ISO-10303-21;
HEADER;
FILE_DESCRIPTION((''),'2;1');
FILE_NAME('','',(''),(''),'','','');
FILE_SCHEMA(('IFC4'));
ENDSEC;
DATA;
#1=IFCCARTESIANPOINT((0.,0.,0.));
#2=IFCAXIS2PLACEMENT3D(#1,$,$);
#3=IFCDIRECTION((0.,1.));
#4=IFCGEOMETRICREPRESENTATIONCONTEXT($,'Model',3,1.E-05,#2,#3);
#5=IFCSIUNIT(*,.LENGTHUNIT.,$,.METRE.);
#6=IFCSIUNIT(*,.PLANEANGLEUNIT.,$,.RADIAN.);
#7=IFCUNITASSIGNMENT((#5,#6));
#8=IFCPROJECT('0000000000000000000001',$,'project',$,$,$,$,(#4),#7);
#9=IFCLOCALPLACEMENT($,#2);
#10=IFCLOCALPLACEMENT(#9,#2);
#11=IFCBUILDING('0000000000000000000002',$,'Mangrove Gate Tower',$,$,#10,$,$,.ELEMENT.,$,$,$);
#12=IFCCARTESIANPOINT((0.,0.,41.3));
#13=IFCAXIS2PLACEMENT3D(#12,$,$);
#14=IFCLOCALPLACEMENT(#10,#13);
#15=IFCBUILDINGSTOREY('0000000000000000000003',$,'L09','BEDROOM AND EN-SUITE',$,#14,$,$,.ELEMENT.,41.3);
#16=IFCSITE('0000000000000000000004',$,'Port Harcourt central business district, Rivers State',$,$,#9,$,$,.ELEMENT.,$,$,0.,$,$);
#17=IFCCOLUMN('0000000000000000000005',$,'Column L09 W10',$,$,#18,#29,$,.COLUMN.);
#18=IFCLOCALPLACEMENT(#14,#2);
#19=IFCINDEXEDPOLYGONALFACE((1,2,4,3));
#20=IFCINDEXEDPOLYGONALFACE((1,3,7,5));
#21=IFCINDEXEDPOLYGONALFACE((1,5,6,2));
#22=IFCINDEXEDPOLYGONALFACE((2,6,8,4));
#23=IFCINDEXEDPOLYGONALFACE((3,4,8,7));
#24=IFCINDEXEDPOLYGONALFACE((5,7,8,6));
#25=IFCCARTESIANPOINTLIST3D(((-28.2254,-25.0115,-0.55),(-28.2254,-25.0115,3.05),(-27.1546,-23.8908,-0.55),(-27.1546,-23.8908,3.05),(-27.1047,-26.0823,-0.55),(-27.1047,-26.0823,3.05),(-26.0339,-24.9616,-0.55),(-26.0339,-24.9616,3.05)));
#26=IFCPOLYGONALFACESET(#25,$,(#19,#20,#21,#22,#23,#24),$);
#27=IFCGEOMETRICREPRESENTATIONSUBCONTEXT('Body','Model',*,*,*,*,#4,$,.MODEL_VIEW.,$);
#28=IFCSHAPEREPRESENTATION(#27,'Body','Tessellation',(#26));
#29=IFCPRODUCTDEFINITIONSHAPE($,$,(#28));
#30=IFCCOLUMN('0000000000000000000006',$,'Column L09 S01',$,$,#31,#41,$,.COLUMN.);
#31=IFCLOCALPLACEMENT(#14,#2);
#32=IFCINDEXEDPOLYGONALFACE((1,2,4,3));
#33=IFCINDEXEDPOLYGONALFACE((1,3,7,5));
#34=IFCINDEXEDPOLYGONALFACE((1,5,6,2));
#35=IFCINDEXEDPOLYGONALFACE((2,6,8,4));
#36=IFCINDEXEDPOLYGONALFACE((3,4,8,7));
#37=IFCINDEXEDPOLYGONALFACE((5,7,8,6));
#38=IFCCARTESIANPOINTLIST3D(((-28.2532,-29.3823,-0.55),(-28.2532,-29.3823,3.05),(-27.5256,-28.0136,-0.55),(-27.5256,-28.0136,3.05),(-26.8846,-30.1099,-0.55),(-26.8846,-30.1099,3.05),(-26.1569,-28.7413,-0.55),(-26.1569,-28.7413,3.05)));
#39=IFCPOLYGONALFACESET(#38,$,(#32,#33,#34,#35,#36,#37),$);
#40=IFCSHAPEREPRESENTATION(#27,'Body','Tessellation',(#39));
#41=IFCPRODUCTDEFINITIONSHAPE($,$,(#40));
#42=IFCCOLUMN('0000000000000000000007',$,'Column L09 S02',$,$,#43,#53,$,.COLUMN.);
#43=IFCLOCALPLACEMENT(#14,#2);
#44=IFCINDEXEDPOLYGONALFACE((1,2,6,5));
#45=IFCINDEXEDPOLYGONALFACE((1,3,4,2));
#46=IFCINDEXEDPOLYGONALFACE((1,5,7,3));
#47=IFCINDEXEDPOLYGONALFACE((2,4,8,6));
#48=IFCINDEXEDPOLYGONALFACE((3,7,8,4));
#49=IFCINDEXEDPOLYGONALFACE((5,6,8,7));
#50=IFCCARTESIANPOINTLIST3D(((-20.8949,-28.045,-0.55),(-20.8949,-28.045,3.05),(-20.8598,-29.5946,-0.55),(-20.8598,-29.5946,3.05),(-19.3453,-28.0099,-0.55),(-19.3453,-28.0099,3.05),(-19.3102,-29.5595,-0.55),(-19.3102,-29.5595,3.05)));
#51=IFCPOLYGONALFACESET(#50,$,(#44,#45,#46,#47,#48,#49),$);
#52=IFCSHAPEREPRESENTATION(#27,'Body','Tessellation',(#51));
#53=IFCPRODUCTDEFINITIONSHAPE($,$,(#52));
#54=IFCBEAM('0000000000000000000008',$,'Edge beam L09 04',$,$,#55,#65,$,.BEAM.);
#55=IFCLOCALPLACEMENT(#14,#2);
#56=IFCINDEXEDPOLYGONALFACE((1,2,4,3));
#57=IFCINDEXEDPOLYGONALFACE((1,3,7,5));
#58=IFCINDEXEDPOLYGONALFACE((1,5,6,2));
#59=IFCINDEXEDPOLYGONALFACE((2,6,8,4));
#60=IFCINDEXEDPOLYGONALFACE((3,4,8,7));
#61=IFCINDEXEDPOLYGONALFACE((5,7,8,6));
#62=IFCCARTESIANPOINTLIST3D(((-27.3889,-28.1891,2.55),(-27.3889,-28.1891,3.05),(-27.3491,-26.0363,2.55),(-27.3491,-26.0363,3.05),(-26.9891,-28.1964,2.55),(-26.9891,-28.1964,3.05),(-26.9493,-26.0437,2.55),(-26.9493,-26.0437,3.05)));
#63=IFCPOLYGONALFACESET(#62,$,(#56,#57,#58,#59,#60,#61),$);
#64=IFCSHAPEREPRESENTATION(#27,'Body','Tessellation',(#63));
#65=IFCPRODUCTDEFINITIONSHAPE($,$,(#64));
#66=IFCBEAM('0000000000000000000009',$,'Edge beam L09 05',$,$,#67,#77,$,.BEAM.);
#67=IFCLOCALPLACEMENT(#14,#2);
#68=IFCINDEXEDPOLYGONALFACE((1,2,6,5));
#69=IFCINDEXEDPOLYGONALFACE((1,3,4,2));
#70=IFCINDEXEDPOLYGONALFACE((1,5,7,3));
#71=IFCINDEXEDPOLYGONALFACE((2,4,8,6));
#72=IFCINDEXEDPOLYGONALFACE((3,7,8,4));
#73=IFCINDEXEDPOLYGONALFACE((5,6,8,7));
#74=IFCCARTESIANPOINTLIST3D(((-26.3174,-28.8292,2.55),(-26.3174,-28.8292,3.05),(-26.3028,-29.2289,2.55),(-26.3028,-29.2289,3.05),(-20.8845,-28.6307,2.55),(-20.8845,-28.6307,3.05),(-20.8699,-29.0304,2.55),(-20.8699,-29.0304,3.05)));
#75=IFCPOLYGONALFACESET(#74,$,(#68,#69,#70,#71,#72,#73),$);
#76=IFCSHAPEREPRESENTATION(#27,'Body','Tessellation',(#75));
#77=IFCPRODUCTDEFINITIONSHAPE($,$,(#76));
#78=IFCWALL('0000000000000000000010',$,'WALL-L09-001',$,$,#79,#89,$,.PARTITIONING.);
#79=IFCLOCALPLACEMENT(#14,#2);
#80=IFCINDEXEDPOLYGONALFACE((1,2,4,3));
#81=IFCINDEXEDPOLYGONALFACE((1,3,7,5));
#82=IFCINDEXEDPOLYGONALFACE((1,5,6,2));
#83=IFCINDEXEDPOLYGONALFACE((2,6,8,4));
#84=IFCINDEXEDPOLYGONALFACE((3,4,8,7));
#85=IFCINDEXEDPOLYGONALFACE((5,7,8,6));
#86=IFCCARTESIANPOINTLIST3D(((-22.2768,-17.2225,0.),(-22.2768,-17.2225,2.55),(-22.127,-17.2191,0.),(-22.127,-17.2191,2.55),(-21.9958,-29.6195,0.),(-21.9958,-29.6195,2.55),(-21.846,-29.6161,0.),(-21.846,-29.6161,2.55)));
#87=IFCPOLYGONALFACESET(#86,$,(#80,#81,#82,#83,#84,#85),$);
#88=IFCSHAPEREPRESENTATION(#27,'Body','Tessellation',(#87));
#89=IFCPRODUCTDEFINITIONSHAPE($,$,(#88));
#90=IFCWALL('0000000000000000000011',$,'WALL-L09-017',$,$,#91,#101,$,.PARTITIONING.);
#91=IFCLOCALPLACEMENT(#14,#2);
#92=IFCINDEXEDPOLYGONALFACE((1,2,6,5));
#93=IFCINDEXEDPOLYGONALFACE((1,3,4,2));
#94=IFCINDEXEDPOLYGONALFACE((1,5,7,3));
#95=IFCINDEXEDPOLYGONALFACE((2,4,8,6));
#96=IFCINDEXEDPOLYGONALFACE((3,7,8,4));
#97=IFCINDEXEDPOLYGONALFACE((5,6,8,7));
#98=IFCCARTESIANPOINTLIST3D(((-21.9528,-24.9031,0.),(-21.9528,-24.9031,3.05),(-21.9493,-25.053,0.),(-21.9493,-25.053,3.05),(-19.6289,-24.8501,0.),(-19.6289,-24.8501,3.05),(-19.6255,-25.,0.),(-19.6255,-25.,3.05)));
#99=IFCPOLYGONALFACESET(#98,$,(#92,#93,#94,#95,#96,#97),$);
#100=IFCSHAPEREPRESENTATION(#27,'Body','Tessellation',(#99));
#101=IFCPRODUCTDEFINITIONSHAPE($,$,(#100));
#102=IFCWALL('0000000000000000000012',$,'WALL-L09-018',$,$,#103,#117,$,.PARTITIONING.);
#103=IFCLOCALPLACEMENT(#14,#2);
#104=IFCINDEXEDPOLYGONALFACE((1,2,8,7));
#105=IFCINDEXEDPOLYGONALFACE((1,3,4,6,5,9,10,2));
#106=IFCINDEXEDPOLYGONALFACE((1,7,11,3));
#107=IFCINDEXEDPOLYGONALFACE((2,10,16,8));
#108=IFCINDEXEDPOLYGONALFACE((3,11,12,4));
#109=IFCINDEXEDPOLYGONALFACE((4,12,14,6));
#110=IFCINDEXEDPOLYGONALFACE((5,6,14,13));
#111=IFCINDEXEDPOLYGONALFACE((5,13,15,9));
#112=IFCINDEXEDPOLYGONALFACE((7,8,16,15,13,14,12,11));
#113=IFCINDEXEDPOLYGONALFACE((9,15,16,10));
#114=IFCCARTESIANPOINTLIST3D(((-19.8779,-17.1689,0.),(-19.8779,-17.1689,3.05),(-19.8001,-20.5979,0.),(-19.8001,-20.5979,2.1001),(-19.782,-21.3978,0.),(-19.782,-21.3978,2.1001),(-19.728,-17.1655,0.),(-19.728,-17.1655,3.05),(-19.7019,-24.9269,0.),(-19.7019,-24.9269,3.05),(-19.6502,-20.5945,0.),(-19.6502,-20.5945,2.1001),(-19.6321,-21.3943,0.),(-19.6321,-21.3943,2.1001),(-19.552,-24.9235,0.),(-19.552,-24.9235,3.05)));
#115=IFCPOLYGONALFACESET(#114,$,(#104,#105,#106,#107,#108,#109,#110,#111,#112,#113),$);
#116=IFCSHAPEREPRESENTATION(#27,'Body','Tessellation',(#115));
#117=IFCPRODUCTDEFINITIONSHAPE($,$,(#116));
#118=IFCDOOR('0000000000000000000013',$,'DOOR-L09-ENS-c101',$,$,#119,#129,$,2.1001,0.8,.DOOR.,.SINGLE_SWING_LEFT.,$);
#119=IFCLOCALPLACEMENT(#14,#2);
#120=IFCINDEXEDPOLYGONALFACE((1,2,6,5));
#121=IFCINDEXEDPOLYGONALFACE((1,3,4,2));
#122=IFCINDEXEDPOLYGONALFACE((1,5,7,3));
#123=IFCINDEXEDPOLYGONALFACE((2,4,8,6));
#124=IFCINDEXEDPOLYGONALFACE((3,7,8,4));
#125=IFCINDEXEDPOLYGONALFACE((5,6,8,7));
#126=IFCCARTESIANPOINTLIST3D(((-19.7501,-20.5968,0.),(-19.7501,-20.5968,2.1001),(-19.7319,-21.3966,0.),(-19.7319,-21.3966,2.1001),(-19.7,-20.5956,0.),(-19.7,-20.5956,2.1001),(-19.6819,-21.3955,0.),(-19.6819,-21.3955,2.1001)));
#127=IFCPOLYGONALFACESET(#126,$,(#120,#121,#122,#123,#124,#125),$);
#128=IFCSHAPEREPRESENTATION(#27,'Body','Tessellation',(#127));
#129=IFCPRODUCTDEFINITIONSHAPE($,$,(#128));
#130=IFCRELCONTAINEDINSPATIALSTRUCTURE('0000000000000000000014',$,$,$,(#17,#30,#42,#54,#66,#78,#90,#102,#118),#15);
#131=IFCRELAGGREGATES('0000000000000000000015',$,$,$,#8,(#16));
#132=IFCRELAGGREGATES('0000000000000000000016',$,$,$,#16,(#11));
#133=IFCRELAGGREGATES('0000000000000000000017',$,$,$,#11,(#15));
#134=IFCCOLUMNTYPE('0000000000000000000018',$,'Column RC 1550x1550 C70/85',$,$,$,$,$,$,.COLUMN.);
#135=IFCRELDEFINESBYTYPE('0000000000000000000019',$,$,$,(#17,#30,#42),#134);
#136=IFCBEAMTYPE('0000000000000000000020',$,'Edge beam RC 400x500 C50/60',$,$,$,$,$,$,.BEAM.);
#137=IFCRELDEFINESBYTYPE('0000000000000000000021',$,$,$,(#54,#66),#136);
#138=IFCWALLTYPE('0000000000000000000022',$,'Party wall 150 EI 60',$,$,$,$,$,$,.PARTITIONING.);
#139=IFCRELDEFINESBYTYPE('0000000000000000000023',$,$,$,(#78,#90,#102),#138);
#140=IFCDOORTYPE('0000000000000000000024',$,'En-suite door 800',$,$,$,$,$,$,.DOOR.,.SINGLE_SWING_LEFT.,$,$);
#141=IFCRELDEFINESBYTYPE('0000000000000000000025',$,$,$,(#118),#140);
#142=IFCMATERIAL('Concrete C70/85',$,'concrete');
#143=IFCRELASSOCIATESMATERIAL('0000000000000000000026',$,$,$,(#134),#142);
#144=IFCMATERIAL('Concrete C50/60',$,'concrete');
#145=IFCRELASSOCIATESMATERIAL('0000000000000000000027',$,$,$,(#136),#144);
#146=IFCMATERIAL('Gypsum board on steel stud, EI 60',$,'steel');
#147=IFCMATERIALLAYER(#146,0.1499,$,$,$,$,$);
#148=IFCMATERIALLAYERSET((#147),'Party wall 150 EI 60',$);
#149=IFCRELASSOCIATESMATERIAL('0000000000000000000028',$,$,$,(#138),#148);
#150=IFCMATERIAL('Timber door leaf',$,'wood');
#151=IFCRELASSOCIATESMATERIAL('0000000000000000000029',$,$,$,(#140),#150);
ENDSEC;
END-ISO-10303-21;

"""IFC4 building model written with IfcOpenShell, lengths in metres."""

from ifc_helpers import new_model, si_unit, direction, frame, frame_2d, origin, origin_2d, place, context, subcontext, project, spatial, rectangle, extrude, material, layer, layer_set, material_profile, profile_set, type_object, element, fill, save


model = new_model("IFC4")

# Units and contexts
model_context = context("Model", 3, precision=1e-05, world=origin(), true_north=direction((0.0, 1.0)))
body_context = subcontext(model_context, "Body", "Model", "MODEL_VIEW")
ifc_project = project(units=[si_unit("LENGTHUNIT", "METRE"), si_unit("PLANEANGLEUNIT", "RADIAN")], contexts=[model_context])

# Site, building, storey
site_placement = place(None, origin())
site = spatial("IfcSite", under=ifc_project, at=site_placement, Name="Port Harcourt central business district, Rivers State", CompositionType="ELEMENT", RefElevation=0.0)
building_placement = place(site_placement, origin())
building = spatial("IfcBuilding", under=site, at=building_placement, Name="Mangrove Gate Tower", CompositionType="ELEMENT")
storey_placement = place(building_placement, frame((0.0, 0.0, 41.3)))
storey = spatial("IfcBuildingStorey", under=building, at=storey_placement, Name="L09", Description="BEDROOM AND EN-SUITE", CompositionType="ELEMENT", Elevation=41.3)

# Columns
ifc_material_1 = material(Name="Concrete C70/85", Category="concrete")
ifc_material_profile_1 = material_profile(ifc_material_1, rectangle(XDim=1.55, YDim=1.55, at=origin_2d()))
ifc_profile_set_1 = profile_set([ifc_material_profile_1], Name="Concrete C70/85")
column_type = type_object("IfcColumnType", Name="Column RC 1550x1550 C70/85", PredefinedType="COLUMN", material=ifc_profile_set_1)
for number, where, z_axis, x_axis, name in (
    (1, (-27.1296, -24.9866, -0.55), (0.0, 0.0, 1.0), (0.723004, -0.690844, 0.0), "Column L09 W10"),
    (2, (-27.2051, -29.0618, -0.55), (0.0, 0.0, 1.0), (0.882965, -0.469439, 0.0), "Column L09 S01"),
    (3, (-20.1025, -28.8022, -0.55), (0.0, 0.0, 1.0), (0.999744, 0.022644, 0.0), "Column L09 S02"),
):
    element("IfcColumn", number, at=place(storey_placement, frame(where, z_axis=z_axis, x_axis=x_axis)), inside=storey, type_object=column_type, Name=name, PredefinedType="COLUMN", context=body_context, shape_type="SweptSolid", body=[
        extrude(rectangle(XDim=1.55, YDim=1.55, at=origin_2d()), origin(), (0.0, 0.0, 1.0), 3.6001),
    ])

# Beams
ifc_material_2 = material(Name="Concrete C50/60", Category="concrete")
ifc_material_profile_2 = material_profile(ifc_material_2, rectangle(XDim=0.3999, YDim=0.5, at=origin_2d()))
ifc_profile_set_2 = profile_set([ifc_material_profile_2], Name="Concrete C50/60")
beam_type = type_object("IfcBeamType", Name="Edge beam RC 400x500 C50/60", PredefinedType="BEAM", material=ifc_profile_set_2)
beam_1_placement = place(storey_placement, frame((-27.1492, -26.04, 2.8), z_axis=(-0.018484, -0.999829, 0.0), x_axis=(0.999829, -0.018484, 0.0)))
element("IfcBeam", 4, at=beam_1_placement, inside=storey, type_object=beam_type, Name="Edge beam L09 04", PredefinedType="BEAM", context=body_context, shape_type="SweptSolid", body=[
    extrude(rectangle(XDim=0.3999, YDim=0.5, at=origin_2d()), origin(), (0.0, 0.0, 1.0), 2.1531),
])
beam_2_placement = place(storey_placement, frame((-26.3101, -29.0291, 2.8), z_axis=(0.999333, 0.03651, 0.0), x_axis=(-0.03651, 0.999333, 0.0)))
element("IfcBeam", 5, at=beam_2_placement, inside=storey, type_object=beam_type, Name="Edge beam L09 05", PredefinedType="BEAM", context=body_context, shape_type="SweptSolid", body=[
    extrude(rectangle(XDim=0.3999, YDim=0.5, at=origin_2d()), origin(), (0.0, 0.0, 1.0), 5.4365),
])

# Walls
ifc_material_3 = material(Name="Gypsum board on steel stud, EI 60", Category="steel")
ifc_layer_1 = layer(ifc_material_3, 0.1499)
ifc_layer_set_1 = layer_set([ifc_layer_1], Name="Party wall 150 EI 60")
wall_type_1 = type_object("IfcWallType", Name="Party wall 150 EI 60", PredefinedType="PARTITIONING", material=ifc_layer_set_1)
wall_1_placement = place(storey_placement, frame((-21.9209, -29.6179, 0.0), z_axis=(0.0, 0.0, 1.0), x_axis=(-0.022661, 0.999743, 0.0)))
element("IfcWall", 6, at=wall_1_placement, inside=storey, type_object=wall_type_1, Name="WALL-L09-001", PredefinedType="PARTITIONING", context=body_context, shape_type="SweptSolid", body=[
    extrude(rectangle(XDim=12.4001, YDim=0.1499, at=frame_2d((6.2002, 0.0))), origin(), (0.0, 0.0, 1.0), 2.55),
])
wall_2_placement = place(storey_placement, frame((-21.9509, -24.978, 0.0), z_axis=(0.0, 0.0, 1.0), x_axis=(0.99974, 0.022791, 0.0)))
element("IfcWall", 7, at=wall_2_placement, inside=storey, type_object=wall_type_1, Name="WALL-L09-017", PredefinedType="PARTITIONING", context=body_context, shape_type="SweptSolid", body=[
    extrude(rectangle(XDim=2.3245, YDim=0.1499, at=frame_2d((1.1621, 0.0))), origin(), (0.0, 0.0, 1.0), 3.05),
])

# Wall, opening, door
wall_3_placement = place(storey_placement, frame((-19.627, -24.925, 0.0), z_axis=(0.0, 0.0, 1.0), x_axis=(-0.022684, 0.999743, 0.0)))
wall_3 = element("IfcWall", 8, at=wall_3_placement, inside=storey, type_object=wall_type_1, Name="WALL-L09-018", PredefinedType="PARTITIONING", context=body_context, shape_type="SweptSolid", body=[
    extrude(rectangle(XDim=7.76, YDim=0.1499, at=frame_2d((3.8799, 0.0))), origin(), (0.0, 0.0, 1.0), 3.05),
])
opening_1_placement = place(wall_3_placement, frame((3.53, 0.0, 0.0)))
opening_1 = element("IfcOpeningElement", 9, at=opening_1_placement, cuts=wall_3, PredefinedType="OPENING", context=body_context, shape_type="SweptSolid", body=[
    extrude(rectangle(XDim=0.8, YDim=2.1001, at=frame_2d((0.3999, 1.05))), frame((0.0, 0.085, 0.0), z_axis=(0.0, -1.0, 0.0), x_axis=(1.0, 0.0, 0.0)), (0.0, 0.0, 1.0), 0.1699),
])
ifc_material_4 = material(Name="Timber door leaf", Category="wood")
door_type_1 = type_object("IfcDoorType", Name="En-suite door 800", OperationType="SINGLE_SWING_LEFT", PredefinedType="DOOR", material=ifc_material_4)
door_1_placement = place(opening_1_placement, origin())
door_1 = element("IfcDoor", 10, at=door_1_placement, inside=storey, type_object=door_type_1, Name="DOOR-L09-ENS-c101", OperationType="SINGLE_SWING_LEFT", OverallHeight=2.1001, OverallWidth=0.8, PredefinedType="DOOR", context=body_context, shape_type="SweptSolid", body=[
    extrude(rectangle(XDim=0.8, YDim=2.1001, at=frame_2d((0.3999, 1.05))), frame((0.0, 0.0249, 0.0), z_axis=(0.0, -1.0, 0.0), x_axis=(1.0, 0.0, 0.0)), (0.0, 0.0, 1.0), 0.05),
])
fill(opening_1, door_1)

save(model, "model.ifc")
